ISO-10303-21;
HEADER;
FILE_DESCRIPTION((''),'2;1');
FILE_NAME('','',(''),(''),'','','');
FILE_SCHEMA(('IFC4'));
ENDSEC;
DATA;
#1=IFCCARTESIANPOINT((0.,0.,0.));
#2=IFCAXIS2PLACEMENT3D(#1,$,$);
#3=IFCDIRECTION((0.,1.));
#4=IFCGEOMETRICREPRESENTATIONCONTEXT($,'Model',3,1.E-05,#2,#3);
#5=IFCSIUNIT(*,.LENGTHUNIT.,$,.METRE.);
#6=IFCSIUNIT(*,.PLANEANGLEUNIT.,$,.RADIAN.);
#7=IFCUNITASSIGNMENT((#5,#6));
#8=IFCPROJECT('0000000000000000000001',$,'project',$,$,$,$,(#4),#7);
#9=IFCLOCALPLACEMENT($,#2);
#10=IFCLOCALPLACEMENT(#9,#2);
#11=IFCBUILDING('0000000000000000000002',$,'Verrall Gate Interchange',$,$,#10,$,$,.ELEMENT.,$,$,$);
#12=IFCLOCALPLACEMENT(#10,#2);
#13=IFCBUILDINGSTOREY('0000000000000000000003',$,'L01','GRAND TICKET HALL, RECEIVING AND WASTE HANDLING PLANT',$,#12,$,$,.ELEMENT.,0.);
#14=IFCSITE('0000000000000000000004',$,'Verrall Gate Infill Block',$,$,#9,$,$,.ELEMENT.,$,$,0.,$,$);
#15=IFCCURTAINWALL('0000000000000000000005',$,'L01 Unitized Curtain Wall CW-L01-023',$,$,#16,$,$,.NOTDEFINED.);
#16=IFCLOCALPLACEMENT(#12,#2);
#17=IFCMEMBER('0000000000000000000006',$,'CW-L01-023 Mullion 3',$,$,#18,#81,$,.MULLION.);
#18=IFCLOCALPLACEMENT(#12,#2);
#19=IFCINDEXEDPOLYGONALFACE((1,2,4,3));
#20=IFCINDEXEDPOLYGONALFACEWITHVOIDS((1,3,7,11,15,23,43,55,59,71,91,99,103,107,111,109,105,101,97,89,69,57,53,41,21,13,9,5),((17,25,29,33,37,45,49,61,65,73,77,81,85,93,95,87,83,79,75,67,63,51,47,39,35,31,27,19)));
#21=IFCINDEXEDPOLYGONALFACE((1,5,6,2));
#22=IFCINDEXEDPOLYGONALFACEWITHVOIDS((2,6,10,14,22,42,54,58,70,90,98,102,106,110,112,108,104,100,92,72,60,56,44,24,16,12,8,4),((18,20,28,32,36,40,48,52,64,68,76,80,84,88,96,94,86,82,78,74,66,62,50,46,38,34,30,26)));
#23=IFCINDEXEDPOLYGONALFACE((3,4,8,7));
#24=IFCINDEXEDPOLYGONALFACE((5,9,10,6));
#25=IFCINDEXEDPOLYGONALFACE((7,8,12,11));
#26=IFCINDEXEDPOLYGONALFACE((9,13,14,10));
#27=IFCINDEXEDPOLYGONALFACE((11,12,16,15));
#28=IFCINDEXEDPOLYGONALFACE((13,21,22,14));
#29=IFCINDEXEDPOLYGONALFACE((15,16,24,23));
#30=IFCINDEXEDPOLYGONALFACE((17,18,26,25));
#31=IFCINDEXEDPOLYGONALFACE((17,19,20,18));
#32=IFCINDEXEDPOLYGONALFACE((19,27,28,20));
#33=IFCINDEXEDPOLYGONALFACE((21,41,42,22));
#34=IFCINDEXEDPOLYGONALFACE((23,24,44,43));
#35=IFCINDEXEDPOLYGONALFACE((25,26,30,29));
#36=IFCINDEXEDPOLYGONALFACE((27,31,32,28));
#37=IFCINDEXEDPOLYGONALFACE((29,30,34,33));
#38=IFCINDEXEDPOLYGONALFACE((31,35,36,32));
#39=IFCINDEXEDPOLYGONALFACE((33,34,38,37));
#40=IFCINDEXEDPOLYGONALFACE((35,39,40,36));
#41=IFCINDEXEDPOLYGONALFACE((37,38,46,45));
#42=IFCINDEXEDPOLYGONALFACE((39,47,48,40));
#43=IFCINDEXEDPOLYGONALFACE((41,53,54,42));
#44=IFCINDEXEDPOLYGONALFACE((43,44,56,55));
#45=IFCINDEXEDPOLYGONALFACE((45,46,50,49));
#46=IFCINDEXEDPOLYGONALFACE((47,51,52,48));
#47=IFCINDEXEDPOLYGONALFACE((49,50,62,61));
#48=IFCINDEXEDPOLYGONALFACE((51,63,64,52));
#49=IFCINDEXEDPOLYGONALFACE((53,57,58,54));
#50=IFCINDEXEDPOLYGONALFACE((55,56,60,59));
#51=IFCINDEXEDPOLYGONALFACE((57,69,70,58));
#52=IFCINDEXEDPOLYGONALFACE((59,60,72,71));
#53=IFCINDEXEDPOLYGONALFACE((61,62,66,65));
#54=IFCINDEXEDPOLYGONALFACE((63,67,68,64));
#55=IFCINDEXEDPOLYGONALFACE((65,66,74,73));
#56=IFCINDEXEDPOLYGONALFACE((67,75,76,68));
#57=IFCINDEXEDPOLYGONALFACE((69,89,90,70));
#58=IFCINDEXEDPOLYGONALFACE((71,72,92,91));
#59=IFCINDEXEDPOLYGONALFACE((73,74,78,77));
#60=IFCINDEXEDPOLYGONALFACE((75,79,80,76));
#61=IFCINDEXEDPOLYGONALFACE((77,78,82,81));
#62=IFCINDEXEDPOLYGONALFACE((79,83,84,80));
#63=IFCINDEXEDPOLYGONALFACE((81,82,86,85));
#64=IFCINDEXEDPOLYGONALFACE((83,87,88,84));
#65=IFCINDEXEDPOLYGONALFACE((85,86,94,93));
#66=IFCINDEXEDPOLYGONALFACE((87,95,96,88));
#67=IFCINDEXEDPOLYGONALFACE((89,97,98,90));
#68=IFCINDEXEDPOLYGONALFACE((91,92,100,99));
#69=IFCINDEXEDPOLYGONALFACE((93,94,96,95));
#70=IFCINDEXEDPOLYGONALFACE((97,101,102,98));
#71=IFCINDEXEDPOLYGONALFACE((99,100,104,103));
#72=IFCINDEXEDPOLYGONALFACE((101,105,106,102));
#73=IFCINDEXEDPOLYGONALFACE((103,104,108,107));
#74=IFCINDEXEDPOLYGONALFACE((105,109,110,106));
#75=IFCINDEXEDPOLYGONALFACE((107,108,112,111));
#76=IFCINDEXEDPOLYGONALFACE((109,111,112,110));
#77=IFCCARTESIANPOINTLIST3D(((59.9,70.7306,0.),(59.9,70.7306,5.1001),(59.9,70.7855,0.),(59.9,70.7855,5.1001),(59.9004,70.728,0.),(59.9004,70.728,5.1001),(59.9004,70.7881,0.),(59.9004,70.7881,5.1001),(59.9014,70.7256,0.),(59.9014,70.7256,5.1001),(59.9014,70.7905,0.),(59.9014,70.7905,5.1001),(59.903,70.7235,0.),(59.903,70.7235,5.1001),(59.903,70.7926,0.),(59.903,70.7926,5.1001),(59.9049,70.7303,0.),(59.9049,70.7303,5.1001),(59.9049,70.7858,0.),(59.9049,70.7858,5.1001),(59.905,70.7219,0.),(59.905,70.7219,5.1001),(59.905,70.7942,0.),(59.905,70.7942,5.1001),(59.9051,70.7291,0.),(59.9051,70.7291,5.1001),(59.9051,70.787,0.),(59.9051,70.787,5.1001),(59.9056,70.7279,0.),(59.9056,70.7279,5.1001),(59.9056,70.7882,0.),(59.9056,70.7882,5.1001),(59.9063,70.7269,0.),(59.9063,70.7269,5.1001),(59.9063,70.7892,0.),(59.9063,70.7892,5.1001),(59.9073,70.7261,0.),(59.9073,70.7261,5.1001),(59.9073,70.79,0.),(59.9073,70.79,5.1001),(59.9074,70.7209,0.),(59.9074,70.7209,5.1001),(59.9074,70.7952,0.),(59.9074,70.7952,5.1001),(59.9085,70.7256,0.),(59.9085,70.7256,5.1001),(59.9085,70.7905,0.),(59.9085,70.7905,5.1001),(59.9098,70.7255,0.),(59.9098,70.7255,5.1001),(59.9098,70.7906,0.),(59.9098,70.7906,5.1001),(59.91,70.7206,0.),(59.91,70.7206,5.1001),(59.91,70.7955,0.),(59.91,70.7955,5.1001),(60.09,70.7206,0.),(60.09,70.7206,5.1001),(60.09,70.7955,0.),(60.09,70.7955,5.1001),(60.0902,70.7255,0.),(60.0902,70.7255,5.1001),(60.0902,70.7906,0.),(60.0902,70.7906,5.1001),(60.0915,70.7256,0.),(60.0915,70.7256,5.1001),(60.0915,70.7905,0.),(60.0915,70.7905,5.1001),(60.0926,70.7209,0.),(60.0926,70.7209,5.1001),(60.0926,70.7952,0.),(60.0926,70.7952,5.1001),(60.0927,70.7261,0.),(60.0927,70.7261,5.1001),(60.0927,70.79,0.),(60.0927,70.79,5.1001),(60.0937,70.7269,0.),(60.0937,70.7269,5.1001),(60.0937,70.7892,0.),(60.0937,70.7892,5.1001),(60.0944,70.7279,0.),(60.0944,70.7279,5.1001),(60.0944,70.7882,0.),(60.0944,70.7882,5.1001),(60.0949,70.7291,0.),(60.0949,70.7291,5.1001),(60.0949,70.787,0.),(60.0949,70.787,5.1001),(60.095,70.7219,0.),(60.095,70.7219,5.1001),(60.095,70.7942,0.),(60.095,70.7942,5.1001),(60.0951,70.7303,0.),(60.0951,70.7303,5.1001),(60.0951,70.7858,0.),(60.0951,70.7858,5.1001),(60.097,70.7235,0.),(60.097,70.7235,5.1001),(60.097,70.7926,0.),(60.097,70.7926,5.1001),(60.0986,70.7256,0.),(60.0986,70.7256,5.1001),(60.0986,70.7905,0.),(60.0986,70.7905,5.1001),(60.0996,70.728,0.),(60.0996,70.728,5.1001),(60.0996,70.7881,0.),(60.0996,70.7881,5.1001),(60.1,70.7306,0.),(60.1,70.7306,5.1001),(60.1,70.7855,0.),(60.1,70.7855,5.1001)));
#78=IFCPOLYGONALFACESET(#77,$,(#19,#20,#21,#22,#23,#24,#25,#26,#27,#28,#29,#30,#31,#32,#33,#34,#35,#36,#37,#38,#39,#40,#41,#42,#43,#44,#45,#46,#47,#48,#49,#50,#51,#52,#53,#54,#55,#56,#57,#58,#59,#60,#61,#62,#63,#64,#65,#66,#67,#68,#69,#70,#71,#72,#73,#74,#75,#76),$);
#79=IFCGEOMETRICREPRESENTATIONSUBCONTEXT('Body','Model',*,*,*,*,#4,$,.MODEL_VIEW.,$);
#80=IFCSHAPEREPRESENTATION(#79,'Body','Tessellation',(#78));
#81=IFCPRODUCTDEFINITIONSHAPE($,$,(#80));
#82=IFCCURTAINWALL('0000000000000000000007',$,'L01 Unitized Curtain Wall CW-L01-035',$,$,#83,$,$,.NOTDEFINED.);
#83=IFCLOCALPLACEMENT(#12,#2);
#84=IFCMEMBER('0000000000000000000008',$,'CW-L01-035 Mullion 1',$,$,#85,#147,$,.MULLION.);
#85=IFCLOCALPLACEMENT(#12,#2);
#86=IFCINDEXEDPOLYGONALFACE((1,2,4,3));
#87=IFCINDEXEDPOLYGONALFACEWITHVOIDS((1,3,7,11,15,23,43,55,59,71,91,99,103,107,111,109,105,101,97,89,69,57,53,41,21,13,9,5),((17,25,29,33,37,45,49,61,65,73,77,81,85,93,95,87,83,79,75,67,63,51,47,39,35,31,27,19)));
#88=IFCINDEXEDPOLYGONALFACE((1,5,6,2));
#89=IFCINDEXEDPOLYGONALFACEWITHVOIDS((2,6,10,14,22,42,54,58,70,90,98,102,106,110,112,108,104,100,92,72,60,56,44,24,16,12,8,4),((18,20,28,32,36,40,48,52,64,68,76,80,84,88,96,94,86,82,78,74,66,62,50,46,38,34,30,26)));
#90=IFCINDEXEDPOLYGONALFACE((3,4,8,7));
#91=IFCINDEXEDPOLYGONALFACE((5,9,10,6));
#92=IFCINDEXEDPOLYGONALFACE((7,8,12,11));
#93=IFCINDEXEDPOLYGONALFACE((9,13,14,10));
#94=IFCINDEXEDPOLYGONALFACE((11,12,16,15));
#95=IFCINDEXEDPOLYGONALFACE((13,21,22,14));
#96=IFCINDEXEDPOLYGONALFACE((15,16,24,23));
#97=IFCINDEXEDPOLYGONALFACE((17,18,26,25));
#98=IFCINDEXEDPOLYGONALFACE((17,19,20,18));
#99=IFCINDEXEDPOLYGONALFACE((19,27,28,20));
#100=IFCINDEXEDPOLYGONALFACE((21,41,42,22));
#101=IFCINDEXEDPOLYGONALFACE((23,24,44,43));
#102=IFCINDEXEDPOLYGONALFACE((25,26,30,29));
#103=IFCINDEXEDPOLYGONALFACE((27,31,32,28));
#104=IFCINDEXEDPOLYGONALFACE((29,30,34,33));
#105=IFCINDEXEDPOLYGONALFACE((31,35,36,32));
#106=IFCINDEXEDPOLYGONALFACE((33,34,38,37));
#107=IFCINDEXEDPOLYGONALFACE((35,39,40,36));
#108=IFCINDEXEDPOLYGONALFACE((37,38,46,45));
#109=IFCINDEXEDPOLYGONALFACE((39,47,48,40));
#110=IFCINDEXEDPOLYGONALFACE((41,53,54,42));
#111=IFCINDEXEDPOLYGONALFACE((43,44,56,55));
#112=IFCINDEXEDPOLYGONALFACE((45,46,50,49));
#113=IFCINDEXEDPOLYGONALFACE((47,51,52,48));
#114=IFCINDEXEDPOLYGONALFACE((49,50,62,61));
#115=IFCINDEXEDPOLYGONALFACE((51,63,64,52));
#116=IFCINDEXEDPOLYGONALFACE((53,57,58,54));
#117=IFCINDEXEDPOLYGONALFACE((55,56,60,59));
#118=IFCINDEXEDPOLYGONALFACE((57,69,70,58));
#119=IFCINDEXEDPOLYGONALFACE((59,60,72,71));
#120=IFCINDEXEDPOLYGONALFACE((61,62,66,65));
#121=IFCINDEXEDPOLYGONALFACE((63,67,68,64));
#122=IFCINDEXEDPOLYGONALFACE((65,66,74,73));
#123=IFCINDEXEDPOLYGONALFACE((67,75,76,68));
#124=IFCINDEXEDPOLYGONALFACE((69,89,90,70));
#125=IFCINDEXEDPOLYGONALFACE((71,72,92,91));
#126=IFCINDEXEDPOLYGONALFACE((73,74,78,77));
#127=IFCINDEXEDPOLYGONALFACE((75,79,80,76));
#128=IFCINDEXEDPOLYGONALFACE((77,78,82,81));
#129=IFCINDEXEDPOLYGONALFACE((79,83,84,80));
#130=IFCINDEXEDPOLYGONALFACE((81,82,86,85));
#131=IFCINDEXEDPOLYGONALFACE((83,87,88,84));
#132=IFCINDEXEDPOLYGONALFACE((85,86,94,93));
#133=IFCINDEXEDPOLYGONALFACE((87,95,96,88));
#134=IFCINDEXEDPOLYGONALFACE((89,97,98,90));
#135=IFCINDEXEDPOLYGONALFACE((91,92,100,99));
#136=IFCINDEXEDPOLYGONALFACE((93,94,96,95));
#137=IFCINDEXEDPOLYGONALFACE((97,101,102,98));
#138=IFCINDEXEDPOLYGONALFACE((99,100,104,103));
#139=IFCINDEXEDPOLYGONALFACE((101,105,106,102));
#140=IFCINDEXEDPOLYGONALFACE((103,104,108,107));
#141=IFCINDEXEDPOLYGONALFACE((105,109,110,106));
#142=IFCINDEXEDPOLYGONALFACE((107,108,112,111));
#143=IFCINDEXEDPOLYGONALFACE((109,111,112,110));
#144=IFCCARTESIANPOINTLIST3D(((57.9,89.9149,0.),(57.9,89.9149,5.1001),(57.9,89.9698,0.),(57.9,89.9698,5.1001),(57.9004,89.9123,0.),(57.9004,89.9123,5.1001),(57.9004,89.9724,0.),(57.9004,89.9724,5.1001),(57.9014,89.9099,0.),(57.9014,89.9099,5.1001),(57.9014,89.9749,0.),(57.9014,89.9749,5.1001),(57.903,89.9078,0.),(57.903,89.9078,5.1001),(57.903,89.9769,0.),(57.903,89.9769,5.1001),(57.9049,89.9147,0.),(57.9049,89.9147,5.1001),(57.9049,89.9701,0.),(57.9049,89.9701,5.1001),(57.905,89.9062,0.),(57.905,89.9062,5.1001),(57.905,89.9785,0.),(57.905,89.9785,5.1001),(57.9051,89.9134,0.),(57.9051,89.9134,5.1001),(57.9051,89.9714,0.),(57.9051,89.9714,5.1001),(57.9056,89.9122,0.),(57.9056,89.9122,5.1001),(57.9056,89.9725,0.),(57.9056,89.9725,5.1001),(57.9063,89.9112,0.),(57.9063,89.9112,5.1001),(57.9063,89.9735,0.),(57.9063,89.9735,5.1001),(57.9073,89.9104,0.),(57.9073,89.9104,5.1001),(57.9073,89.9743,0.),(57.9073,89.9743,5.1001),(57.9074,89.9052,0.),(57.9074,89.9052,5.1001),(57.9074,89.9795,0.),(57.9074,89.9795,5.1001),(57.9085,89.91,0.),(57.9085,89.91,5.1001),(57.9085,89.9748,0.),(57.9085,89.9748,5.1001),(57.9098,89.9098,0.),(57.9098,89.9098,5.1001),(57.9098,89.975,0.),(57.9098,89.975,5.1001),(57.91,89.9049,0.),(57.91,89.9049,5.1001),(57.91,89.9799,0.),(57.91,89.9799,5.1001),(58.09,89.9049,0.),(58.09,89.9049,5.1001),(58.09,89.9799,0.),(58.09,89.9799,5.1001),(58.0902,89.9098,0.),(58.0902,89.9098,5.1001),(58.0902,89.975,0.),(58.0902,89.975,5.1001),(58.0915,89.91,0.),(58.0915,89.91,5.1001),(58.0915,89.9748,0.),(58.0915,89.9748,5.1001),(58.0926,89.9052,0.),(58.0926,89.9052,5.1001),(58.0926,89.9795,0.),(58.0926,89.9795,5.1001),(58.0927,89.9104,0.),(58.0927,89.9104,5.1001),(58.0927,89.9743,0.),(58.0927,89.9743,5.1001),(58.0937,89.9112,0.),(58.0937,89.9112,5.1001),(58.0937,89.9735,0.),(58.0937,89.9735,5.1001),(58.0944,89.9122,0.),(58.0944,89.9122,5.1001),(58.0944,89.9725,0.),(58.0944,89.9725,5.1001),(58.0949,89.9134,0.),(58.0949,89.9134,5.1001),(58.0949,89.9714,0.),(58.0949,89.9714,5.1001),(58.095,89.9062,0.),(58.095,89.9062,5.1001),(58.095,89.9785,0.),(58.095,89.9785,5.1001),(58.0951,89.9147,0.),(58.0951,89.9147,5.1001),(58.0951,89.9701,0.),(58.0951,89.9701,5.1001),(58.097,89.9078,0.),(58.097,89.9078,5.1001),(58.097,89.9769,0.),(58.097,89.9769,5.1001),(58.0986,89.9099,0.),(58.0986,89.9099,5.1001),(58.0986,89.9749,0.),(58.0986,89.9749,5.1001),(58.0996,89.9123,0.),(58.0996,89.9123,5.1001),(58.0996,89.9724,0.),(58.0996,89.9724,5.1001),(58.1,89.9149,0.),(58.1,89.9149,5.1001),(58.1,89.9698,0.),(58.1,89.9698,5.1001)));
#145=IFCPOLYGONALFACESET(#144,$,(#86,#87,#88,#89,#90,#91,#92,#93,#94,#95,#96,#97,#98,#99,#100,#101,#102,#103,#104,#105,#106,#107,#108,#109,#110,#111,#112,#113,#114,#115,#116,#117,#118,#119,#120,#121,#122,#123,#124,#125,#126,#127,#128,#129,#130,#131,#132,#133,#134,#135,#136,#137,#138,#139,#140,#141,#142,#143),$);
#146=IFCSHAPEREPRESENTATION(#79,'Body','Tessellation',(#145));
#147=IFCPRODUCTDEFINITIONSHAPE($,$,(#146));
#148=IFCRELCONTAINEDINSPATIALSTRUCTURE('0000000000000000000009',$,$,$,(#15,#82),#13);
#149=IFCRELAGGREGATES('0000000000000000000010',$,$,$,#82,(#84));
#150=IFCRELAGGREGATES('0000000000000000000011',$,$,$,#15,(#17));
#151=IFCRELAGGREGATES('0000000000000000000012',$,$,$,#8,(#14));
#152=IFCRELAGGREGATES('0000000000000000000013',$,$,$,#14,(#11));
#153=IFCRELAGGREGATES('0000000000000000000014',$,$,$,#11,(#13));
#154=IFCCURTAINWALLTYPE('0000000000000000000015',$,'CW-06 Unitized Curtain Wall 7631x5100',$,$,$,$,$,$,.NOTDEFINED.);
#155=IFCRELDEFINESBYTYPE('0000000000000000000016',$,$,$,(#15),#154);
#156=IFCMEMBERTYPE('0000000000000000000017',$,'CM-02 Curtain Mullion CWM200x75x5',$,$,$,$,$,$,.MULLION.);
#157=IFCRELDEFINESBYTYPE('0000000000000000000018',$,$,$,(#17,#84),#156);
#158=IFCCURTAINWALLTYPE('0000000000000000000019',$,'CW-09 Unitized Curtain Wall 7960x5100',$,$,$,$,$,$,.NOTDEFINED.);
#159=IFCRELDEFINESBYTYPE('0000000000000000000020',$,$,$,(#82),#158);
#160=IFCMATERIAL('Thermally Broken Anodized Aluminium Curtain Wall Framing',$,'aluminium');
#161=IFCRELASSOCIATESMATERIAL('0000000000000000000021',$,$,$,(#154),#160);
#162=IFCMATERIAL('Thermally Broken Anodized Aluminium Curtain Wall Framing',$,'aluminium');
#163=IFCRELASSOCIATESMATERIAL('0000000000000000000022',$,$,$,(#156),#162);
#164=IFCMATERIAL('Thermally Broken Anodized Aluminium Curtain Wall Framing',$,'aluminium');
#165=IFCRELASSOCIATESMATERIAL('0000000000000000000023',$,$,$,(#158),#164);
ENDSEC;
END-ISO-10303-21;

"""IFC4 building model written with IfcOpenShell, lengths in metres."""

from ifc_helpers import new_model, si_unit, direction, frame, origin, origin_2d, place, context, subcontext, project, spatial, hollow_rectangle, extrude, material, material_profile, profile_set, type_object, element, aggregate, save


model = new_model("IFC4")

# Units and contexts
model_context = context("Model", 3, precision=1e-05, world=origin(), true_north=direction((0.0, 1.0)))
body_context = subcontext(model_context, "Body", "Model", "MODEL_VIEW")
ifc_project = project(units=[si_unit("LENGTHUNIT", "METRE"), si_unit("PLANEANGLEUNIT", "RADIAN")], contexts=[model_context])

# Site, building, storey
site_placement = place(None, origin())
site = spatial("IfcSite", under=ifc_project, at=site_placement, Name="Verrall Gate Infill Block", CompositionType="ELEMENT", RefElevation=0.0)
building_placement = place(site_placement, origin())
building = spatial("IfcBuilding", under=site, at=building_placement, Name="Verrall Gate Interchange", CompositionType="ELEMENT")
storey_placement = place(building_placement, origin())
storey = spatial("IfcBuildingStorey", under=building, at=storey_placement, Name="L01", Description="GRAND TICKET HALL, RECEIVING AND WASTE HANDLING PLANT", CompositionType="ELEMENT", Elevation=0.0)

# Curtain wall, member
ifc_material_1 = material(Name="Thermally Broken Anodized Aluminium Curtain Wall Framing", Category="aluminium")
curtain_wall_type_1 = type_object("IfcCurtainWallType", Name="CW-06 Unitized Curtain Wall 7631x5100", PredefinedType="NOTDEFINED", material=ifc_material_1)
curtain_wall_1_placement = place(storey_placement, origin())
curtain_wall_1 = element("IfcCurtainWall", 1, at=curtain_wall_1_placement, inside=storey, type_object=curtain_wall_type_1, Name="L01 Unitized Curtain Wall CW-L01-023", PredefinedType="NOTDEFINED")
ifc_material_2 = material(Name="Thermally Broken Anodized Aluminium Curtain Wall Framing", Category="aluminium")
ifc_material_profile_1 = material_profile(ifc_material_2, hollow_rectangle(XDim=0.075, YDim=0.2, WallThickness=0.0049, InnerFilletRadius=0.0049, OuterFilletRadius=0.01, at=origin_2d()), Name="CWM200x75x5")
ifc_profile_set_1 = profile_set([ifc_material_profile_1], Name="Thermally Broken Anodized Aluminium Curtain Wall Framing")
member_type_1 = type_object("IfcMemberType", Name="CM-02 Curtain Mullion CWM200x75x5", PredefinedType="MULLION", material=ifc_profile_set_1)
member_1_placement = place(storey_placement, frame((60.0, 70.7581, 0.0), z_axis=(0.0, 0.0, 1.0), x_axis=(0.0, -1.0, 0.0)))
member_1 = element("IfcMember", 2, at=member_1_placement, type_object=member_type_1, Name="CW-L01-023 Mullion 3", PredefinedType="MULLION", context=body_context, shape_type="SweptSolid", body=[
    extrude(hollow_rectangle(XDim=0.075, YDim=0.2, WallThickness=0.0049, InnerFilletRadius=0.0049, OuterFilletRadius=0.01, at=origin_2d()), origin(), (0.0, 0.0, 1.0), 5.1001),
])

# Curtain wall, member
ifc_material_3 = material(Name="Thermally Broken Anodized Aluminium Curtain Wall Framing", Category="aluminium")
curtain_wall_type_2 = type_object("IfcCurtainWallType", Name="CW-09 Unitized Curtain Wall 7960x5100", PredefinedType="NOTDEFINED", material=ifc_material_3)
curtain_wall_2_placement = place(storey_placement, origin())
curtain_wall_2 = element("IfcCurtainWall", 3, at=curtain_wall_2_placement, inside=storey, type_object=curtain_wall_type_2, Name="L01 Unitized Curtain Wall CW-L01-035", PredefinedType="NOTDEFINED")
member_2_placement = place(storey_placement, frame((58.0, 89.9424, 0.0), z_axis=(0.0, 0.0, 1.0), x_axis=(0.0, -1.0, 0.0)))
member_2 = element("IfcMember", 4, at=member_2_placement, type_object=member_type_1, Name="CW-L01-035 Mullion 1", PredefinedType="MULLION", context=body_context, shape_type="SweptSolid", body=[
    extrude(hollow_rectangle(XDim=0.075, YDim=0.2, WallThickness=0.0049, InnerFilletRadius=0.0049, OuterFilletRadius=0.01, at=origin_2d()), origin(), (0.0, 0.0, 1.0), 5.1001),
])

aggregate(curtain_wall_2, [member_2])

aggregate(curtain_wall_1, [member_1])

save(model, "model.ifc")
